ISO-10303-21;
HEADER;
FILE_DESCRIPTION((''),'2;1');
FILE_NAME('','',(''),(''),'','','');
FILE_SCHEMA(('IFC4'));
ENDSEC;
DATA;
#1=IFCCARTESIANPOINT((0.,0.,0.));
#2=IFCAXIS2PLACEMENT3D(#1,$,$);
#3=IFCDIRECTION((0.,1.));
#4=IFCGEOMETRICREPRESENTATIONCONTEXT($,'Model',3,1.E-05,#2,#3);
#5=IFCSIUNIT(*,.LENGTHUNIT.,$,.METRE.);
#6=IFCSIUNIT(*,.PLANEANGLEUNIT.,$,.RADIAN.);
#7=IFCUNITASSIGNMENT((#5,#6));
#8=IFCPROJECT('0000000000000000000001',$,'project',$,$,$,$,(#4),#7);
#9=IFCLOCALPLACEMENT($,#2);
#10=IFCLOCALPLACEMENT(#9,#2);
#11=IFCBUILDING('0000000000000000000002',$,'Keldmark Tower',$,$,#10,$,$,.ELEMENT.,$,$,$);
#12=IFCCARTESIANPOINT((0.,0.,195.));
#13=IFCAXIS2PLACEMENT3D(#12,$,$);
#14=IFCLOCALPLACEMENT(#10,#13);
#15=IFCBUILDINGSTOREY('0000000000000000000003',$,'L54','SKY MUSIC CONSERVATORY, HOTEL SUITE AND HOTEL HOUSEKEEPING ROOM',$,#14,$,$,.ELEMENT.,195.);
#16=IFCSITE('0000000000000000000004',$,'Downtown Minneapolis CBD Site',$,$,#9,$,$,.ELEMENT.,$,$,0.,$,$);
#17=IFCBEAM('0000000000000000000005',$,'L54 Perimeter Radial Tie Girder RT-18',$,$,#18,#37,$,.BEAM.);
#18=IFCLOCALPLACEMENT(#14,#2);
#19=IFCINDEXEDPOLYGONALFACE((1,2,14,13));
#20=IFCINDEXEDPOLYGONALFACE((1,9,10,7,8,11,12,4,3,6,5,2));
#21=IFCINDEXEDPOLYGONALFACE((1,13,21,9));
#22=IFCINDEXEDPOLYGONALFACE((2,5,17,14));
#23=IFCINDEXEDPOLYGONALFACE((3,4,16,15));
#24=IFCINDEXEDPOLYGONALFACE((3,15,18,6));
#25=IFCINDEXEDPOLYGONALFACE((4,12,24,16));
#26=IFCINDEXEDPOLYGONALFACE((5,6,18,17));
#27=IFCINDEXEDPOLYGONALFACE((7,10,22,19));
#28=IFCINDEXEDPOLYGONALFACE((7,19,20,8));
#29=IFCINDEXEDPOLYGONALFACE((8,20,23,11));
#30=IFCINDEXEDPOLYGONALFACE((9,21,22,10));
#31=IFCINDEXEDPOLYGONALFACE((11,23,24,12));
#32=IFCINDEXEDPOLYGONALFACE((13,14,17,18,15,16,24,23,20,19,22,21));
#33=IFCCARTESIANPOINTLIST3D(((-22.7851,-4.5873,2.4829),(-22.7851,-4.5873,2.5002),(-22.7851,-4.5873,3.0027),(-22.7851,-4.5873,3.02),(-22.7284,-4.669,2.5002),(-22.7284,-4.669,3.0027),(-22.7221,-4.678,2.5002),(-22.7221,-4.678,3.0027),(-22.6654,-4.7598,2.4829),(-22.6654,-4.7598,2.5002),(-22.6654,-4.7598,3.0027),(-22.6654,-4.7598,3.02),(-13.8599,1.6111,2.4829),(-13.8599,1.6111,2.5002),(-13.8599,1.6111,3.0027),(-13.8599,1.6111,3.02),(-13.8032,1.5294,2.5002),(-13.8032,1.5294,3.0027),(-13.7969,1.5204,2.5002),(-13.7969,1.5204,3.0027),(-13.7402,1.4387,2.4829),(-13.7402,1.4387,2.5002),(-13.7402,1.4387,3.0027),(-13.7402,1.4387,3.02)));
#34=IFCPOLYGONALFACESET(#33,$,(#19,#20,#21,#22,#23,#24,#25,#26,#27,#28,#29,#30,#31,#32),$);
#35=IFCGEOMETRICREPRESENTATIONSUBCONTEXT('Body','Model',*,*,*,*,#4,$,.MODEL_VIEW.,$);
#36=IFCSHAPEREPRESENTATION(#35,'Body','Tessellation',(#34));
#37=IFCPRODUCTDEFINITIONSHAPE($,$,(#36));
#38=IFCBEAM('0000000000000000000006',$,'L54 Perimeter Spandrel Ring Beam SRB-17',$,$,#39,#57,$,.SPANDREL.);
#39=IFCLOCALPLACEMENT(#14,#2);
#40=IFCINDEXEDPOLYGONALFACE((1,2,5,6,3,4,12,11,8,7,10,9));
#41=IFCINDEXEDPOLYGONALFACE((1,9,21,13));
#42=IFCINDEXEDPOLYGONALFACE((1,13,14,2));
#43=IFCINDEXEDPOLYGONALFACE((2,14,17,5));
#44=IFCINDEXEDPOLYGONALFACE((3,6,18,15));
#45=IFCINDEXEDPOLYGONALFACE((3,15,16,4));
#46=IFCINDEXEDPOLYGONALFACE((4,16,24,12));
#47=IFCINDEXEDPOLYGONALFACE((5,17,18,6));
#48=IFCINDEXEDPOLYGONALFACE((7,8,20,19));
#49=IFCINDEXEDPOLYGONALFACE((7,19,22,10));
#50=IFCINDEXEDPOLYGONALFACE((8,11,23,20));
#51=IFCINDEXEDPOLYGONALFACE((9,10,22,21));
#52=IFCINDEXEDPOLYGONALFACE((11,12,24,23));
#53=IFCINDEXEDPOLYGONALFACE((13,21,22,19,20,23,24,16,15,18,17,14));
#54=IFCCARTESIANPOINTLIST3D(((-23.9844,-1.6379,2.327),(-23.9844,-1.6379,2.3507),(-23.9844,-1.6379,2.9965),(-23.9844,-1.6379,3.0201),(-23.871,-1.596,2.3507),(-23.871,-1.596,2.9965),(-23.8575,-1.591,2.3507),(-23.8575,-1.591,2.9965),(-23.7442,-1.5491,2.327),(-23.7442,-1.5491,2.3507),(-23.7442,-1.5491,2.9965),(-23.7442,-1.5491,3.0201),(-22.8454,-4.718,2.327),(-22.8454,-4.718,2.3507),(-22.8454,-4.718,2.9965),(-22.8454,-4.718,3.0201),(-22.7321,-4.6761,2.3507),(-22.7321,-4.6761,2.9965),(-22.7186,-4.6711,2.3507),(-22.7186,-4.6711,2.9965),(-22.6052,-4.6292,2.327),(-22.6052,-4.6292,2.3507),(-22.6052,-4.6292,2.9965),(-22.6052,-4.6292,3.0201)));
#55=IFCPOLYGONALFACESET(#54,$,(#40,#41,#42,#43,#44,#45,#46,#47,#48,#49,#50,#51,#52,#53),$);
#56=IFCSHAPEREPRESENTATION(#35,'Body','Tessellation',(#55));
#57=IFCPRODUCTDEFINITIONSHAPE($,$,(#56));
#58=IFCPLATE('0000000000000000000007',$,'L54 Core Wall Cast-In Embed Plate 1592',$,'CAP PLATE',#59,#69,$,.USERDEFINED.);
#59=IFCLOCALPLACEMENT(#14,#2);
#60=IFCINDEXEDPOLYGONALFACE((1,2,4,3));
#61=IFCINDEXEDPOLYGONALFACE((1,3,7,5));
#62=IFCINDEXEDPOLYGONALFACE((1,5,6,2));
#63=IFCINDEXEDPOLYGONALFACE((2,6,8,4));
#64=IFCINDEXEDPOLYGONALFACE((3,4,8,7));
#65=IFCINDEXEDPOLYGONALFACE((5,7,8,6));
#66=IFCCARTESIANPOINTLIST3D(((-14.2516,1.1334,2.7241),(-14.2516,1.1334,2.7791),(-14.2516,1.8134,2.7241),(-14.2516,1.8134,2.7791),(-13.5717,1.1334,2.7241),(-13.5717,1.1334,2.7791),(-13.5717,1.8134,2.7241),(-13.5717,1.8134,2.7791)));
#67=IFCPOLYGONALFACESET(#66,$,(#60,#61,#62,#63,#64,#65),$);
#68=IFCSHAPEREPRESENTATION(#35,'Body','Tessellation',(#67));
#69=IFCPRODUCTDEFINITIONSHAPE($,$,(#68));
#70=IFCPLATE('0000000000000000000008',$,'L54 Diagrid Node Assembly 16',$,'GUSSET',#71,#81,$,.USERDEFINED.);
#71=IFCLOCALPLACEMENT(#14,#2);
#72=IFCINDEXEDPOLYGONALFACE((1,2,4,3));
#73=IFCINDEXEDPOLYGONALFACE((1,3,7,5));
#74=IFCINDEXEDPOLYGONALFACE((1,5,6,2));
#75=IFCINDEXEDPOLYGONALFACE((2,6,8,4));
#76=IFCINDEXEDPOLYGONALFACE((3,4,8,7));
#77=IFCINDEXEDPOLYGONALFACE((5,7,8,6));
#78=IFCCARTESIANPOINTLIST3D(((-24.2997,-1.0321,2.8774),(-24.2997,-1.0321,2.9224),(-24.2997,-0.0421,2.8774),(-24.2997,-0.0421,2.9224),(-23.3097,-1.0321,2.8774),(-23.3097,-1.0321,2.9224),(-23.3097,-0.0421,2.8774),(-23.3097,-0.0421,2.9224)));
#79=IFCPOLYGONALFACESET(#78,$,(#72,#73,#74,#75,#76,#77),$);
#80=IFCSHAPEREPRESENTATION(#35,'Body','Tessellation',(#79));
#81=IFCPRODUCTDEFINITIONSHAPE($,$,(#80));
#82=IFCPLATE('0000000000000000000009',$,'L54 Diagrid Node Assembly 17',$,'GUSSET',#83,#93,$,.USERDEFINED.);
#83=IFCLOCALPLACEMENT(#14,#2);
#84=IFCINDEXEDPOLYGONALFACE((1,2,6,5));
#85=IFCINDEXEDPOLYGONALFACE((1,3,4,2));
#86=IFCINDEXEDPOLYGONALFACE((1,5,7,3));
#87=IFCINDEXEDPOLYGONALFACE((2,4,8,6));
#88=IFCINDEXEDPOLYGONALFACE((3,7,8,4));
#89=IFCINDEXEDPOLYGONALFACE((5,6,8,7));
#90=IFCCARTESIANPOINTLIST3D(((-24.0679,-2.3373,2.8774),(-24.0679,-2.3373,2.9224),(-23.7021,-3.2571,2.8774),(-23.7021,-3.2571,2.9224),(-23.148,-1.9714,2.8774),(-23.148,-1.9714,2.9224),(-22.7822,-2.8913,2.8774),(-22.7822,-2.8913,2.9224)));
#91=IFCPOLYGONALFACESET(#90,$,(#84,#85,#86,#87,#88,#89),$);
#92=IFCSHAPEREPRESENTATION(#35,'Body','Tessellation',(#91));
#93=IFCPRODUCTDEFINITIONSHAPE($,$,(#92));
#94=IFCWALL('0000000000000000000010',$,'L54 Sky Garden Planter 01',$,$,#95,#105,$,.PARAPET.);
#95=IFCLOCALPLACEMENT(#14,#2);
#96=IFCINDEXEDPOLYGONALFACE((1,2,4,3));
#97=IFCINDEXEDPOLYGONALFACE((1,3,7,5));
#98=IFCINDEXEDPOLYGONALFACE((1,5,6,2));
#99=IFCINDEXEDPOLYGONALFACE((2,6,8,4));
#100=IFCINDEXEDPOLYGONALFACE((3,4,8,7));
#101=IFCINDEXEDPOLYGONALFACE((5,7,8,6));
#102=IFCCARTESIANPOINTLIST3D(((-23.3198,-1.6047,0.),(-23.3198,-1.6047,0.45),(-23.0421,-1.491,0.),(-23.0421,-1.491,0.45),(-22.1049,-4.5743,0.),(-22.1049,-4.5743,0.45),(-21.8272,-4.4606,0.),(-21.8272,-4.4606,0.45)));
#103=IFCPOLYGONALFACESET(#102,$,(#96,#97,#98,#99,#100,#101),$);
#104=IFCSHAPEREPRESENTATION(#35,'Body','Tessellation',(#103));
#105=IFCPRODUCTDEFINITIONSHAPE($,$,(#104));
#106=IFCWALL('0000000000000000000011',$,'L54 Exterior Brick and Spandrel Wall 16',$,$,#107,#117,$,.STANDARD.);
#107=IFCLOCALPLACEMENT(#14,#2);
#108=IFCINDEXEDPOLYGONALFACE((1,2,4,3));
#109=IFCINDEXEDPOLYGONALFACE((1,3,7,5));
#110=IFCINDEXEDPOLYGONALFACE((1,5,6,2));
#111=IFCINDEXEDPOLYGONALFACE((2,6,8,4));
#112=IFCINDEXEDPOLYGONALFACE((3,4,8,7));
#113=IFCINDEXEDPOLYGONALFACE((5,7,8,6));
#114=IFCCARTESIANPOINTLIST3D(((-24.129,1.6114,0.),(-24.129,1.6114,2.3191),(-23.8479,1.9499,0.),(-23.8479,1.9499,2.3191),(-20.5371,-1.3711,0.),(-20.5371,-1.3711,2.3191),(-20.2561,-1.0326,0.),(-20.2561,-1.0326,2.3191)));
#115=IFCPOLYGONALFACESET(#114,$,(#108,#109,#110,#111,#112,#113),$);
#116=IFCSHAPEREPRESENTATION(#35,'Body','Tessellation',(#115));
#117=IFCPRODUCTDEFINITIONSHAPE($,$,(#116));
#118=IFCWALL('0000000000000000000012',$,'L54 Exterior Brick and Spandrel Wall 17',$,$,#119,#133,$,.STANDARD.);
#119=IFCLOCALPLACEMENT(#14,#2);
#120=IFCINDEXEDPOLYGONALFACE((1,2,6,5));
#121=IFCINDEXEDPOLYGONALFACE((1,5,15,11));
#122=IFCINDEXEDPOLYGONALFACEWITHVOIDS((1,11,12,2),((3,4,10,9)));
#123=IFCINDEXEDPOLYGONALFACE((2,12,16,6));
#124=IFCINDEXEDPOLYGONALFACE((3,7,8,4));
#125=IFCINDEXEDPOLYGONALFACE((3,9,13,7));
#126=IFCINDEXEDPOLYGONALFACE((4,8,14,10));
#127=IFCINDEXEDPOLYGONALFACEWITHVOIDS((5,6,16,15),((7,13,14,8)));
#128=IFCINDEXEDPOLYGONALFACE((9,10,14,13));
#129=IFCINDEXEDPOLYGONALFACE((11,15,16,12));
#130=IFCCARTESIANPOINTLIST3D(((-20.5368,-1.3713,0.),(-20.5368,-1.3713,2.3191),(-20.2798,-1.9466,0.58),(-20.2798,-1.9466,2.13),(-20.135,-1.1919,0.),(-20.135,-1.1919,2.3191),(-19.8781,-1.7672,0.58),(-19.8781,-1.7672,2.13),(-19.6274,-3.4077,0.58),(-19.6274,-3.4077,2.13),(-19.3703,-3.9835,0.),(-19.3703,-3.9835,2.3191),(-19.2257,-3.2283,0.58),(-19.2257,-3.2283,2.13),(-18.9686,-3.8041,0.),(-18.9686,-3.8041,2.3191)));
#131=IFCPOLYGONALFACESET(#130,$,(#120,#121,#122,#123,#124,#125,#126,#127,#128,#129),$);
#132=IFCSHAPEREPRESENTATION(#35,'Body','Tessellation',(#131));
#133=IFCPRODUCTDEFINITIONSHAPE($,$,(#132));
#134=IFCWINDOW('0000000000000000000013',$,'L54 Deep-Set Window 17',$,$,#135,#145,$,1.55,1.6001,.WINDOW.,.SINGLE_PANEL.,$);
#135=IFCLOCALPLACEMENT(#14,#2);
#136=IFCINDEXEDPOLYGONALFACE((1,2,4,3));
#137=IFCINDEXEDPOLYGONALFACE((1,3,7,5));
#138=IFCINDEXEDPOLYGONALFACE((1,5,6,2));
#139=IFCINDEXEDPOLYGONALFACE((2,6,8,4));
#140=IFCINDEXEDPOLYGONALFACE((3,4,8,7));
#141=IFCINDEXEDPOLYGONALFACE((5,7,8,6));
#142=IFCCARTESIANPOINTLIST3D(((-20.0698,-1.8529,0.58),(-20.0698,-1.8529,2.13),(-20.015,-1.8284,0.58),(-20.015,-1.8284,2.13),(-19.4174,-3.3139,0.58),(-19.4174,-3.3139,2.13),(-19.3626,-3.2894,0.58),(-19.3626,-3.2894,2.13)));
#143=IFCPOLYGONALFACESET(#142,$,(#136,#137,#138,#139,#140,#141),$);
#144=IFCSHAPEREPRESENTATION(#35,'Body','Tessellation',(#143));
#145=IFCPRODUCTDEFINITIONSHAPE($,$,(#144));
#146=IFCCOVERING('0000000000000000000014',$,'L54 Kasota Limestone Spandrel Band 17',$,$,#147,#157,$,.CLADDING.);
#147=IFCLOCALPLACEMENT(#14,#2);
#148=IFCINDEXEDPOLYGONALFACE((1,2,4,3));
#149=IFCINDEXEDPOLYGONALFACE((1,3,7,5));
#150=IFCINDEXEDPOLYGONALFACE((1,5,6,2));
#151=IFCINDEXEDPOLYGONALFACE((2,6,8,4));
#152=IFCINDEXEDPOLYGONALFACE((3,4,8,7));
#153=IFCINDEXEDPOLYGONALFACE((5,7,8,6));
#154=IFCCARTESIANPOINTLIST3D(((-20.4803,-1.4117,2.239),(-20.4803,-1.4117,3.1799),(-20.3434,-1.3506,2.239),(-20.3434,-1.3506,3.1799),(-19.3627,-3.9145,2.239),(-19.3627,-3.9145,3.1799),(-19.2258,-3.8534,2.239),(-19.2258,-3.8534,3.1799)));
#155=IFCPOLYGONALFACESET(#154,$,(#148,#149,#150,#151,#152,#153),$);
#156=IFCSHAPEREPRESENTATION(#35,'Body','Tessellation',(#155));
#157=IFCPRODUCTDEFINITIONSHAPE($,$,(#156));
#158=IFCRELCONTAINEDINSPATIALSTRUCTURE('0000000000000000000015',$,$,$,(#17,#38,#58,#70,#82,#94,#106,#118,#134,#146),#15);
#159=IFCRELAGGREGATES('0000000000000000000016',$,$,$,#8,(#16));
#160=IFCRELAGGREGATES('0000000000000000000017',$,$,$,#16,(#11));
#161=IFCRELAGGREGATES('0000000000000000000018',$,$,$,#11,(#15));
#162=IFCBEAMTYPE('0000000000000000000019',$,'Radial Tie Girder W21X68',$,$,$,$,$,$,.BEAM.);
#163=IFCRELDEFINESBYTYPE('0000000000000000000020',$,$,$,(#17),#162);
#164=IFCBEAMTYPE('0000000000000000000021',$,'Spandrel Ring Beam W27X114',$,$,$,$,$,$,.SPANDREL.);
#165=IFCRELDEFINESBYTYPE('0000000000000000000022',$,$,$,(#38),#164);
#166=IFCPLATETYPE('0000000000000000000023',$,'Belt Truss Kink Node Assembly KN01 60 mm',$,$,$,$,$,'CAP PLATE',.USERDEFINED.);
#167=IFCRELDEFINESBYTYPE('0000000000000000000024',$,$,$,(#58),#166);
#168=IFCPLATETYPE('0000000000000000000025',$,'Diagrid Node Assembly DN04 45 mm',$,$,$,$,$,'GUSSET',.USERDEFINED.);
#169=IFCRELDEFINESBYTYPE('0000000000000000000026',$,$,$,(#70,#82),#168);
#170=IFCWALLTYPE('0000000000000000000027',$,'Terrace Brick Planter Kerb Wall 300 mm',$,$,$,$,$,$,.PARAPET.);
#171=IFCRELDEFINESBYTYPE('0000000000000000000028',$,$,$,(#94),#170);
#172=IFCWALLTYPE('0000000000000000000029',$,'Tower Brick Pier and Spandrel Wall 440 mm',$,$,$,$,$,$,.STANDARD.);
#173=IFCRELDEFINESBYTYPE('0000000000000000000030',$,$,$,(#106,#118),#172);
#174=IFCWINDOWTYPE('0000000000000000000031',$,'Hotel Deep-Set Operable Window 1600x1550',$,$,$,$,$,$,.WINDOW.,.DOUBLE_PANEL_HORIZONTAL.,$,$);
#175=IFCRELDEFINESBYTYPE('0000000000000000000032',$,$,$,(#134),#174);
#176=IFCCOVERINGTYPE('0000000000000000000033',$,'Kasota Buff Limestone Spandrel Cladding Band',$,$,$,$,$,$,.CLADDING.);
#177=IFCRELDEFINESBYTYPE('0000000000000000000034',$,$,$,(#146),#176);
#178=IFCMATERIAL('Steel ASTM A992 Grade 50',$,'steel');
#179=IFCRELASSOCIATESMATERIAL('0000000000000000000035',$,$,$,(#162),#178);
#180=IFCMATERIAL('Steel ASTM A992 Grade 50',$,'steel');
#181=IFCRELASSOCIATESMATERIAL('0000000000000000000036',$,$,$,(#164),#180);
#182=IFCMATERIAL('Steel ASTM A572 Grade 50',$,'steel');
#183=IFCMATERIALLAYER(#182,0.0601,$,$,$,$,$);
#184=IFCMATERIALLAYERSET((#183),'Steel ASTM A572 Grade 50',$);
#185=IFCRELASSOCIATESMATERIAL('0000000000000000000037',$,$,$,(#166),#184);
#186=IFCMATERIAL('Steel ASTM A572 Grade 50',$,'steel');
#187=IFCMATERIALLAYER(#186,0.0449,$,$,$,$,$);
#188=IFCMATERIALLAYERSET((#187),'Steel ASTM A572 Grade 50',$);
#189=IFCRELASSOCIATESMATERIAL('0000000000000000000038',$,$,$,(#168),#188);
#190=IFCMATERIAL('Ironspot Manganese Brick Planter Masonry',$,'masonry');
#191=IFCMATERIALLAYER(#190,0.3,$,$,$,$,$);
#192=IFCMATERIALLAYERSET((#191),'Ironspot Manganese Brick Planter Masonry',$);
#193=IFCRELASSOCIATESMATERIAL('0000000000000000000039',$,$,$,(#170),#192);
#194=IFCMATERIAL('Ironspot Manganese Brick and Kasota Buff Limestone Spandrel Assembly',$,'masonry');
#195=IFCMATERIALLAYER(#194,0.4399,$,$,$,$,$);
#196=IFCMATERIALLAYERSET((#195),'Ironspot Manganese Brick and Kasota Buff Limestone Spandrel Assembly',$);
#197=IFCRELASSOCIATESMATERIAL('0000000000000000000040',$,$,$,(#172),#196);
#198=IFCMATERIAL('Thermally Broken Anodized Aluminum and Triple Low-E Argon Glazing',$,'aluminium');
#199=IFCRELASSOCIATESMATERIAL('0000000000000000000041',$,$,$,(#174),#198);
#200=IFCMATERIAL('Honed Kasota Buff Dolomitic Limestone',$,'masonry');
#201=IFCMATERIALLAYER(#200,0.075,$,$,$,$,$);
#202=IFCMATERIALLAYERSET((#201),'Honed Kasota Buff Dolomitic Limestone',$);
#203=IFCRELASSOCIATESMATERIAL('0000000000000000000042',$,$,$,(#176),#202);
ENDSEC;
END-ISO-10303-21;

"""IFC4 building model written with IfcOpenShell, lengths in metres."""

from ifc_helpers import new_model, si_unit, direction, frame, frame_2d, origin, origin_2d, place, context, subcontext, project, spatial, rectangle, i_section, extrude, material, layer, layer_set, material_profile, profile_set, type_object, element, fill, save


model = new_model("IFC4")

# Units and contexts
model_context = context("Model", 3, precision=1e-05, world=origin(), true_north=direction((0.0, 1.0)))
body_context = subcontext(model_context, "Body", "Model", "MODEL_VIEW")
ifc_project = project(units=[si_unit("LENGTHUNIT", "METRE"), si_unit("PLANEANGLEUNIT", "RADIAN")], contexts=[model_context])

# Site, building, storey
site_placement = place(None, origin())
site = spatial("IfcSite", under=ifc_project, at=site_placement, Name="Downtown Minneapolis CBD Site", CompositionType="ELEMENT", RefElevation=0.0)
building_placement = place(site_placement, origin())
building = spatial("IfcBuilding", under=site, at=building_placement, Name="Keldmark Tower", CompositionType="ELEMENT")
storey_placement = place(building_placement, frame((0.0, 0.0, 195.0)))
storey = spatial("IfcBuildingStorey", under=building, at=storey_placement, Name="L54", Description="SKY MUSIC CONSERVATORY, HOTEL SUITE AND HOTEL HOUSEKEEPING ROOM", CompositionType="ELEMENT", Elevation=195.0)

# Beams
ifc_material_1 = material(Name="Steel ASTM A992 Grade 50", Category="steel")
ifc_material_profile_1 = material_profile(ifc_material_1, i_section(OverallWidth=0.21, OverallDepth=0.5371, WebThickness=0.011, FlangeThickness=0.0173, at=origin_2d()), Name="W21X68")
ifc_profile_set_1 = profile_set([ifc_material_profile_1], Name="Steel ASTM A992 Grade 50")
beam_type_1 = type_object("IfcBeamType", Name="Radial Tie Girder W21X68", PredefinedType="BEAM", material=ifc_profile_set_1)
beam_1_placement = place(storey_placement, frame((-13.8, 1.5249, 2.7515), z_axis=(-0.821354, -0.570419, 0.0), x_axis=(0.570419, -0.821354, 0.0)))
element("IfcBeam", 1, at=beam_1_placement, inside=storey, type_object=beam_type_1, Name="L54 Perimeter Radial Tie Girder RT-18", PredefinedType="BEAM", context=body_context, shape_type="SweptSolid", body=[
    extrude(i_section(OverallWidth=0.21, OverallDepth=0.5371, WebThickness=0.011, FlangeThickness=0.0173, at=origin_2d()), origin(), (0.0, 0.0, 1.0), 10.8665),
])
ifc_material_2 = material(Name="Steel ASTM A992 Grade 50", Category="steel")
ifc_material_profile_2 = material_profile(ifc_material_2, i_section(OverallWidth=0.2561, OverallDepth=0.6931, WebThickness=0.0144, FlangeThickness=0.0237, at=origin_2d()), Name="W27X114")
ifc_profile_set_2 = profile_set([ifc_material_profile_2], Name="Steel ASTM A992 Grade 50")
beam_type_2 = type_object("IfcBeamType", Name="Spandrel Ring Beam W27X114", PredefinedType="SPANDREL", material=ifc_profile_set_2)
beam_2_placement = place(storey_placement, frame((-23.8643, -1.5935, 2.6736), z_axis=(0.346818, -0.937932, 0.0), x_axis=(0.937932, 0.346818, 0.0)))
element("IfcBeam", 2, at=beam_2_placement, inside=storey, type_object=beam_type_2, Name="L54 Perimeter Spandrel Ring Beam SRB-17", PredefinedType="SPANDREL", context=body_context, shape_type="SweptSolid", body=[
    extrude(i_section(OverallWidth=0.2561, OverallDepth=0.6931, WebThickness=0.0144, FlangeThickness=0.0237, at=origin_2d()), origin(), (0.0, 0.0, 1.0), 3.2839),
])

# Plates
ifc_material_3 = material(Name="Steel ASTM A572 Grade 50", Category="steel")
ifc_layer_1 = layer(ifc_material_3, 0.0601)
ifc_layer_set_1 = layer_set([ifc_layer_1], Name="Steel ASTM A572 Grade 50")
plate_type_1 = type_object("IfcPlateType", Name="Belt Truss Kink Node Assembly KN01 60 mm", ElementType="CAP PLATE", PredefinedType="USERDEFINED", material=ifc_layer_set_1)
plate_placement = place(storey_placement, frame((-13.9116, 1.4734, 2.7241), z_axis=(0.0, 0.0, 1.0), x_axis=(1.0, 0.0, 0.0)))
element("IfcPlate", 3, at=plate_placement, inside=storey, type_object=plate_type_1, Name="L54 Core Wall Cast-In Embed Plate 1592", ObjectType="CAP PLATE", PredefinedType="USERDEFINED", context=body_context, shape_type="SweptSolid", body=[
    extrude(rectangle(XDim=0.6799, YDim=0.6799, at=origin_2d()), origin(), (0.0, 0.0, 1.0), 0.0549),
])
ifc_material_4 = material(Name="Steel ASTM A572 Grade 50", Category="steel")
ifc_layer_2 = layer(ifc_material_4, 0.0449)
ifc_layer_set_2 = layer_set([ifc_layer_2], Name="Steel ASTM A572 Grade 50")
plate_type_2 = type_object("IfcPlateType", Name="Diagrid Node Assembly DN04 45 mm", ElementType="GUSSET", PredefinedType="USERDEFINED", material=ifc_layer_set_2)
for number, where, z_axis, x_axis, name in (
    (4, (-23.8047, -0.5371, 2.8774), (0.0, 0.0, 1.0), (0.0, -1.0, 0.0), "L54 Diagrid Node Assembly 16"),
    (5, (-23.425, -2.6143, 2.8774), (0.0, 0.0, 1.0), (0.369585, -0.929197, 0.0), "L54 Diagrid Node Assembly 17"),
):
    element("IfcPlate", number, at=place(storey_placement, frame(where, z_axis=z_axis, x_axis=x_axis)), inside=storey, type_object=plate_type_2, Name=name, ObjectType="GUSSET", PredefinedType="USERDEFINED", context=body_context, shape_type="SweptSolid", body=[
        extrude(rectangle(XDim=0.99, YDim=0.99, at=origin_2d()), origin(), (0.0, 0.0, 1.0), 0.0449),
    ])

# Walls
ifc_material_5 = material(Name="Ironspot Manganese Brick Planter Masonry", Category="masonry")
ifc_layer_3 = layer(ifc_material_5, 0.3)
ifc_layer_set_3 = layer_set([ifc_layer_3], Name="Ironspot Manganese Brick Planter Masonry")
wall_type_1 = type_object("IfcWallType", Name="Terrace Brick Planter Kerb Wall 300 mm", PredefinedType="PARAPET", material=ifc_layer_set_3)
wall_1_placement = place(storey_placement, frame((-23.1809, -1.5479, 0.0), z_axis=(0.0, 0.0, 1.0), x_axis=(0.378648, -0.925541, 0.0)))
element("IfcWall", 6, at=wall_1_placement, inside=storey, type_object=wall_type_1, Name="L54 Sky Garden Planter 01", PredefinedType="PARAPET", context=body_context, shape_type="SweptSolid", body=[
    extrude(rectangle(XDim=3.2085, YDim=0.3, at=frame_2d((1.6042, 0.0))), origin(), (0.0, 0.0, 1.0), 0.45),
])
ifc_material_6 = material(Name="Ironspot Manganese Brick and Kasota Buff Limestone Spandrel Assembly", Category="masonry")
ifc_layer_4 = layer(ifc_material_6, 0.4399)
ifc_layer_set_4 = layer_set([ifc_layer_4], Name="Ironspot Manganese Brick and Kasota Buff Limestone Spandrel Assembly")
wall_type_2 = type_object("IfcWallType", Name="Tower Brick Pier and Spandrel Wall 440 mm", PredefinedType="STANDARD", material=ifc_layer_set_4)
wall_2_placement = place(storey_placement, frame((-20.3965, -1.2019, 0.0), z_axis=(0.0, 0.0, 1.0), x_axis=(-0.769352, 0.638825, 0.0)))
element("IfcWall", 7, at=wall_2_placement, inside=storey, type_object=wall_type_2, Name="L54 Exterior Brick and Spandrel Wall 16", PredefinedType="STANDARD", context=body_context, shape_type="SweptSolid", body=[
    extrude(rectangle(XDim=4.6687, YDim=0.4399, at=frame_2d((2.3345, 0.0))), origin(), (0.0, 0.0, 1.0), 2.3191),
])

# Wall, opening, window
wall_3_placement = place(storey_placement, frame((-19.1694, -3.8938, 0.0), z_axis=(0.0, 0.0, 1.0), x_axis=(-0.407737, 0.913099, 0.0)))
wall_3 = element("IfcWall", 8, at=wall_3_placement, inside=storey, type_object=wall_type_2, Name="L54 Exterior Brick and Spandrel Wall 17", PredefinedType="STANDARD", context=body_context, shape_type="SweptSolid", body=[
    extrude(rectangle(XDim=2.8608, YDim=0.4399, at=frame_2d((1.4304, 0.0))), origin(), (0.0, 0.0, 1.0), 2.3191),
])
opening_placement = place(wall_3_placement, frame((0.6306, 0.0, 0.5801)))
opening = element("IfcOpeningElement", 9, at=opening_placement, cuts=wall_3, PredefinedType="OPENING", context=body_context, shape_type="SweptSolid", body=[
    extrude(rectangle(XDim=1.6001, YDim=1.55, at=frame_2d((0.8, 0.7749))), frame((0.0, 0.23, 0.0), z_axis=(0.0, -1.0, 0.0), x_axis=(1.0, 0.0, 0.0)), (0.0, 0.0, 1.0), 0.46),
])
ifc_material_7 = material(Name="Thermally Broken Anodized Aluminum and Triple Low-E Argon Glazing", Category="aluminium")
window_type = type_object("IfcWindowType", Name="Hotel Deep-Set Operable Window 1600x1550", PartitioningType="DOUBLE_PANEL_HORIZONTAL", PredefinedType="WINDOW", material=ifc_material_7)
window_placement = place(opening_placement, origin())
window = element("IfcWindow", 10, at=window_placement, inside=storey, type_object=window_type, Name="L54 Deep-Set Window 17", OverallHeight=1.55, OverallWidth=1.6001, PartitioningType="SINGLE_PANEL", PredefinedType="WINDOW", context=body_context, shape_type="SweptSolid", body=[
    extrude(rectangle(XDim=1.6001, YDim=1.55, at=frame_2d((0.8, 0.7749))), frame((0.0, -0.01, 0.0), z_axis=(0.0, -1.0, 0.0), x_axis=(1.0, 0.0, 0.0)), (0.0, 0.0, 1.0), 0.0601),
])
fill(opening, window)

# Covering
ifc_material_8 = material(Name="Honed Kasota Buff Dolomitic Limestone", Category="masonry")
ifc_layer_5 = layer(ifc_material_8, 0.075)
ifc_layer_set_5 = layer_set([ifc_layer_5], Name="Honed Kasota Buff Dolomitic Limestone")
covering_type = type_object("IfcCoveringType", Name="Kasota Buff Limestone Spandrel Cladding Band", PredefinedType="CLADDING", material=ifc_layer_set_5)
covering_placement = place(storey_placement, frame((-19.853, -2.6326, 2.239), z_axis=(0.0, 0.0, 1.0), x_axis=(0.407741, -0.913098, 0.0)))
element("IfcCovering", 11, at=covering_placement, inside=storey, type_object=covering_type, Name="L54 Kasota Limestone Spandrel Band 17", PredefinedType="CLADDING", context=body_context, shape_type="SweptSolid", body=[
    extrude(rectangle(XDim=2.741, YDim=0.1499, at=origin_2d()), origin(), (0.0, 0.0, 1.0), 0.9409),
])

save(model, "model.ifc")
